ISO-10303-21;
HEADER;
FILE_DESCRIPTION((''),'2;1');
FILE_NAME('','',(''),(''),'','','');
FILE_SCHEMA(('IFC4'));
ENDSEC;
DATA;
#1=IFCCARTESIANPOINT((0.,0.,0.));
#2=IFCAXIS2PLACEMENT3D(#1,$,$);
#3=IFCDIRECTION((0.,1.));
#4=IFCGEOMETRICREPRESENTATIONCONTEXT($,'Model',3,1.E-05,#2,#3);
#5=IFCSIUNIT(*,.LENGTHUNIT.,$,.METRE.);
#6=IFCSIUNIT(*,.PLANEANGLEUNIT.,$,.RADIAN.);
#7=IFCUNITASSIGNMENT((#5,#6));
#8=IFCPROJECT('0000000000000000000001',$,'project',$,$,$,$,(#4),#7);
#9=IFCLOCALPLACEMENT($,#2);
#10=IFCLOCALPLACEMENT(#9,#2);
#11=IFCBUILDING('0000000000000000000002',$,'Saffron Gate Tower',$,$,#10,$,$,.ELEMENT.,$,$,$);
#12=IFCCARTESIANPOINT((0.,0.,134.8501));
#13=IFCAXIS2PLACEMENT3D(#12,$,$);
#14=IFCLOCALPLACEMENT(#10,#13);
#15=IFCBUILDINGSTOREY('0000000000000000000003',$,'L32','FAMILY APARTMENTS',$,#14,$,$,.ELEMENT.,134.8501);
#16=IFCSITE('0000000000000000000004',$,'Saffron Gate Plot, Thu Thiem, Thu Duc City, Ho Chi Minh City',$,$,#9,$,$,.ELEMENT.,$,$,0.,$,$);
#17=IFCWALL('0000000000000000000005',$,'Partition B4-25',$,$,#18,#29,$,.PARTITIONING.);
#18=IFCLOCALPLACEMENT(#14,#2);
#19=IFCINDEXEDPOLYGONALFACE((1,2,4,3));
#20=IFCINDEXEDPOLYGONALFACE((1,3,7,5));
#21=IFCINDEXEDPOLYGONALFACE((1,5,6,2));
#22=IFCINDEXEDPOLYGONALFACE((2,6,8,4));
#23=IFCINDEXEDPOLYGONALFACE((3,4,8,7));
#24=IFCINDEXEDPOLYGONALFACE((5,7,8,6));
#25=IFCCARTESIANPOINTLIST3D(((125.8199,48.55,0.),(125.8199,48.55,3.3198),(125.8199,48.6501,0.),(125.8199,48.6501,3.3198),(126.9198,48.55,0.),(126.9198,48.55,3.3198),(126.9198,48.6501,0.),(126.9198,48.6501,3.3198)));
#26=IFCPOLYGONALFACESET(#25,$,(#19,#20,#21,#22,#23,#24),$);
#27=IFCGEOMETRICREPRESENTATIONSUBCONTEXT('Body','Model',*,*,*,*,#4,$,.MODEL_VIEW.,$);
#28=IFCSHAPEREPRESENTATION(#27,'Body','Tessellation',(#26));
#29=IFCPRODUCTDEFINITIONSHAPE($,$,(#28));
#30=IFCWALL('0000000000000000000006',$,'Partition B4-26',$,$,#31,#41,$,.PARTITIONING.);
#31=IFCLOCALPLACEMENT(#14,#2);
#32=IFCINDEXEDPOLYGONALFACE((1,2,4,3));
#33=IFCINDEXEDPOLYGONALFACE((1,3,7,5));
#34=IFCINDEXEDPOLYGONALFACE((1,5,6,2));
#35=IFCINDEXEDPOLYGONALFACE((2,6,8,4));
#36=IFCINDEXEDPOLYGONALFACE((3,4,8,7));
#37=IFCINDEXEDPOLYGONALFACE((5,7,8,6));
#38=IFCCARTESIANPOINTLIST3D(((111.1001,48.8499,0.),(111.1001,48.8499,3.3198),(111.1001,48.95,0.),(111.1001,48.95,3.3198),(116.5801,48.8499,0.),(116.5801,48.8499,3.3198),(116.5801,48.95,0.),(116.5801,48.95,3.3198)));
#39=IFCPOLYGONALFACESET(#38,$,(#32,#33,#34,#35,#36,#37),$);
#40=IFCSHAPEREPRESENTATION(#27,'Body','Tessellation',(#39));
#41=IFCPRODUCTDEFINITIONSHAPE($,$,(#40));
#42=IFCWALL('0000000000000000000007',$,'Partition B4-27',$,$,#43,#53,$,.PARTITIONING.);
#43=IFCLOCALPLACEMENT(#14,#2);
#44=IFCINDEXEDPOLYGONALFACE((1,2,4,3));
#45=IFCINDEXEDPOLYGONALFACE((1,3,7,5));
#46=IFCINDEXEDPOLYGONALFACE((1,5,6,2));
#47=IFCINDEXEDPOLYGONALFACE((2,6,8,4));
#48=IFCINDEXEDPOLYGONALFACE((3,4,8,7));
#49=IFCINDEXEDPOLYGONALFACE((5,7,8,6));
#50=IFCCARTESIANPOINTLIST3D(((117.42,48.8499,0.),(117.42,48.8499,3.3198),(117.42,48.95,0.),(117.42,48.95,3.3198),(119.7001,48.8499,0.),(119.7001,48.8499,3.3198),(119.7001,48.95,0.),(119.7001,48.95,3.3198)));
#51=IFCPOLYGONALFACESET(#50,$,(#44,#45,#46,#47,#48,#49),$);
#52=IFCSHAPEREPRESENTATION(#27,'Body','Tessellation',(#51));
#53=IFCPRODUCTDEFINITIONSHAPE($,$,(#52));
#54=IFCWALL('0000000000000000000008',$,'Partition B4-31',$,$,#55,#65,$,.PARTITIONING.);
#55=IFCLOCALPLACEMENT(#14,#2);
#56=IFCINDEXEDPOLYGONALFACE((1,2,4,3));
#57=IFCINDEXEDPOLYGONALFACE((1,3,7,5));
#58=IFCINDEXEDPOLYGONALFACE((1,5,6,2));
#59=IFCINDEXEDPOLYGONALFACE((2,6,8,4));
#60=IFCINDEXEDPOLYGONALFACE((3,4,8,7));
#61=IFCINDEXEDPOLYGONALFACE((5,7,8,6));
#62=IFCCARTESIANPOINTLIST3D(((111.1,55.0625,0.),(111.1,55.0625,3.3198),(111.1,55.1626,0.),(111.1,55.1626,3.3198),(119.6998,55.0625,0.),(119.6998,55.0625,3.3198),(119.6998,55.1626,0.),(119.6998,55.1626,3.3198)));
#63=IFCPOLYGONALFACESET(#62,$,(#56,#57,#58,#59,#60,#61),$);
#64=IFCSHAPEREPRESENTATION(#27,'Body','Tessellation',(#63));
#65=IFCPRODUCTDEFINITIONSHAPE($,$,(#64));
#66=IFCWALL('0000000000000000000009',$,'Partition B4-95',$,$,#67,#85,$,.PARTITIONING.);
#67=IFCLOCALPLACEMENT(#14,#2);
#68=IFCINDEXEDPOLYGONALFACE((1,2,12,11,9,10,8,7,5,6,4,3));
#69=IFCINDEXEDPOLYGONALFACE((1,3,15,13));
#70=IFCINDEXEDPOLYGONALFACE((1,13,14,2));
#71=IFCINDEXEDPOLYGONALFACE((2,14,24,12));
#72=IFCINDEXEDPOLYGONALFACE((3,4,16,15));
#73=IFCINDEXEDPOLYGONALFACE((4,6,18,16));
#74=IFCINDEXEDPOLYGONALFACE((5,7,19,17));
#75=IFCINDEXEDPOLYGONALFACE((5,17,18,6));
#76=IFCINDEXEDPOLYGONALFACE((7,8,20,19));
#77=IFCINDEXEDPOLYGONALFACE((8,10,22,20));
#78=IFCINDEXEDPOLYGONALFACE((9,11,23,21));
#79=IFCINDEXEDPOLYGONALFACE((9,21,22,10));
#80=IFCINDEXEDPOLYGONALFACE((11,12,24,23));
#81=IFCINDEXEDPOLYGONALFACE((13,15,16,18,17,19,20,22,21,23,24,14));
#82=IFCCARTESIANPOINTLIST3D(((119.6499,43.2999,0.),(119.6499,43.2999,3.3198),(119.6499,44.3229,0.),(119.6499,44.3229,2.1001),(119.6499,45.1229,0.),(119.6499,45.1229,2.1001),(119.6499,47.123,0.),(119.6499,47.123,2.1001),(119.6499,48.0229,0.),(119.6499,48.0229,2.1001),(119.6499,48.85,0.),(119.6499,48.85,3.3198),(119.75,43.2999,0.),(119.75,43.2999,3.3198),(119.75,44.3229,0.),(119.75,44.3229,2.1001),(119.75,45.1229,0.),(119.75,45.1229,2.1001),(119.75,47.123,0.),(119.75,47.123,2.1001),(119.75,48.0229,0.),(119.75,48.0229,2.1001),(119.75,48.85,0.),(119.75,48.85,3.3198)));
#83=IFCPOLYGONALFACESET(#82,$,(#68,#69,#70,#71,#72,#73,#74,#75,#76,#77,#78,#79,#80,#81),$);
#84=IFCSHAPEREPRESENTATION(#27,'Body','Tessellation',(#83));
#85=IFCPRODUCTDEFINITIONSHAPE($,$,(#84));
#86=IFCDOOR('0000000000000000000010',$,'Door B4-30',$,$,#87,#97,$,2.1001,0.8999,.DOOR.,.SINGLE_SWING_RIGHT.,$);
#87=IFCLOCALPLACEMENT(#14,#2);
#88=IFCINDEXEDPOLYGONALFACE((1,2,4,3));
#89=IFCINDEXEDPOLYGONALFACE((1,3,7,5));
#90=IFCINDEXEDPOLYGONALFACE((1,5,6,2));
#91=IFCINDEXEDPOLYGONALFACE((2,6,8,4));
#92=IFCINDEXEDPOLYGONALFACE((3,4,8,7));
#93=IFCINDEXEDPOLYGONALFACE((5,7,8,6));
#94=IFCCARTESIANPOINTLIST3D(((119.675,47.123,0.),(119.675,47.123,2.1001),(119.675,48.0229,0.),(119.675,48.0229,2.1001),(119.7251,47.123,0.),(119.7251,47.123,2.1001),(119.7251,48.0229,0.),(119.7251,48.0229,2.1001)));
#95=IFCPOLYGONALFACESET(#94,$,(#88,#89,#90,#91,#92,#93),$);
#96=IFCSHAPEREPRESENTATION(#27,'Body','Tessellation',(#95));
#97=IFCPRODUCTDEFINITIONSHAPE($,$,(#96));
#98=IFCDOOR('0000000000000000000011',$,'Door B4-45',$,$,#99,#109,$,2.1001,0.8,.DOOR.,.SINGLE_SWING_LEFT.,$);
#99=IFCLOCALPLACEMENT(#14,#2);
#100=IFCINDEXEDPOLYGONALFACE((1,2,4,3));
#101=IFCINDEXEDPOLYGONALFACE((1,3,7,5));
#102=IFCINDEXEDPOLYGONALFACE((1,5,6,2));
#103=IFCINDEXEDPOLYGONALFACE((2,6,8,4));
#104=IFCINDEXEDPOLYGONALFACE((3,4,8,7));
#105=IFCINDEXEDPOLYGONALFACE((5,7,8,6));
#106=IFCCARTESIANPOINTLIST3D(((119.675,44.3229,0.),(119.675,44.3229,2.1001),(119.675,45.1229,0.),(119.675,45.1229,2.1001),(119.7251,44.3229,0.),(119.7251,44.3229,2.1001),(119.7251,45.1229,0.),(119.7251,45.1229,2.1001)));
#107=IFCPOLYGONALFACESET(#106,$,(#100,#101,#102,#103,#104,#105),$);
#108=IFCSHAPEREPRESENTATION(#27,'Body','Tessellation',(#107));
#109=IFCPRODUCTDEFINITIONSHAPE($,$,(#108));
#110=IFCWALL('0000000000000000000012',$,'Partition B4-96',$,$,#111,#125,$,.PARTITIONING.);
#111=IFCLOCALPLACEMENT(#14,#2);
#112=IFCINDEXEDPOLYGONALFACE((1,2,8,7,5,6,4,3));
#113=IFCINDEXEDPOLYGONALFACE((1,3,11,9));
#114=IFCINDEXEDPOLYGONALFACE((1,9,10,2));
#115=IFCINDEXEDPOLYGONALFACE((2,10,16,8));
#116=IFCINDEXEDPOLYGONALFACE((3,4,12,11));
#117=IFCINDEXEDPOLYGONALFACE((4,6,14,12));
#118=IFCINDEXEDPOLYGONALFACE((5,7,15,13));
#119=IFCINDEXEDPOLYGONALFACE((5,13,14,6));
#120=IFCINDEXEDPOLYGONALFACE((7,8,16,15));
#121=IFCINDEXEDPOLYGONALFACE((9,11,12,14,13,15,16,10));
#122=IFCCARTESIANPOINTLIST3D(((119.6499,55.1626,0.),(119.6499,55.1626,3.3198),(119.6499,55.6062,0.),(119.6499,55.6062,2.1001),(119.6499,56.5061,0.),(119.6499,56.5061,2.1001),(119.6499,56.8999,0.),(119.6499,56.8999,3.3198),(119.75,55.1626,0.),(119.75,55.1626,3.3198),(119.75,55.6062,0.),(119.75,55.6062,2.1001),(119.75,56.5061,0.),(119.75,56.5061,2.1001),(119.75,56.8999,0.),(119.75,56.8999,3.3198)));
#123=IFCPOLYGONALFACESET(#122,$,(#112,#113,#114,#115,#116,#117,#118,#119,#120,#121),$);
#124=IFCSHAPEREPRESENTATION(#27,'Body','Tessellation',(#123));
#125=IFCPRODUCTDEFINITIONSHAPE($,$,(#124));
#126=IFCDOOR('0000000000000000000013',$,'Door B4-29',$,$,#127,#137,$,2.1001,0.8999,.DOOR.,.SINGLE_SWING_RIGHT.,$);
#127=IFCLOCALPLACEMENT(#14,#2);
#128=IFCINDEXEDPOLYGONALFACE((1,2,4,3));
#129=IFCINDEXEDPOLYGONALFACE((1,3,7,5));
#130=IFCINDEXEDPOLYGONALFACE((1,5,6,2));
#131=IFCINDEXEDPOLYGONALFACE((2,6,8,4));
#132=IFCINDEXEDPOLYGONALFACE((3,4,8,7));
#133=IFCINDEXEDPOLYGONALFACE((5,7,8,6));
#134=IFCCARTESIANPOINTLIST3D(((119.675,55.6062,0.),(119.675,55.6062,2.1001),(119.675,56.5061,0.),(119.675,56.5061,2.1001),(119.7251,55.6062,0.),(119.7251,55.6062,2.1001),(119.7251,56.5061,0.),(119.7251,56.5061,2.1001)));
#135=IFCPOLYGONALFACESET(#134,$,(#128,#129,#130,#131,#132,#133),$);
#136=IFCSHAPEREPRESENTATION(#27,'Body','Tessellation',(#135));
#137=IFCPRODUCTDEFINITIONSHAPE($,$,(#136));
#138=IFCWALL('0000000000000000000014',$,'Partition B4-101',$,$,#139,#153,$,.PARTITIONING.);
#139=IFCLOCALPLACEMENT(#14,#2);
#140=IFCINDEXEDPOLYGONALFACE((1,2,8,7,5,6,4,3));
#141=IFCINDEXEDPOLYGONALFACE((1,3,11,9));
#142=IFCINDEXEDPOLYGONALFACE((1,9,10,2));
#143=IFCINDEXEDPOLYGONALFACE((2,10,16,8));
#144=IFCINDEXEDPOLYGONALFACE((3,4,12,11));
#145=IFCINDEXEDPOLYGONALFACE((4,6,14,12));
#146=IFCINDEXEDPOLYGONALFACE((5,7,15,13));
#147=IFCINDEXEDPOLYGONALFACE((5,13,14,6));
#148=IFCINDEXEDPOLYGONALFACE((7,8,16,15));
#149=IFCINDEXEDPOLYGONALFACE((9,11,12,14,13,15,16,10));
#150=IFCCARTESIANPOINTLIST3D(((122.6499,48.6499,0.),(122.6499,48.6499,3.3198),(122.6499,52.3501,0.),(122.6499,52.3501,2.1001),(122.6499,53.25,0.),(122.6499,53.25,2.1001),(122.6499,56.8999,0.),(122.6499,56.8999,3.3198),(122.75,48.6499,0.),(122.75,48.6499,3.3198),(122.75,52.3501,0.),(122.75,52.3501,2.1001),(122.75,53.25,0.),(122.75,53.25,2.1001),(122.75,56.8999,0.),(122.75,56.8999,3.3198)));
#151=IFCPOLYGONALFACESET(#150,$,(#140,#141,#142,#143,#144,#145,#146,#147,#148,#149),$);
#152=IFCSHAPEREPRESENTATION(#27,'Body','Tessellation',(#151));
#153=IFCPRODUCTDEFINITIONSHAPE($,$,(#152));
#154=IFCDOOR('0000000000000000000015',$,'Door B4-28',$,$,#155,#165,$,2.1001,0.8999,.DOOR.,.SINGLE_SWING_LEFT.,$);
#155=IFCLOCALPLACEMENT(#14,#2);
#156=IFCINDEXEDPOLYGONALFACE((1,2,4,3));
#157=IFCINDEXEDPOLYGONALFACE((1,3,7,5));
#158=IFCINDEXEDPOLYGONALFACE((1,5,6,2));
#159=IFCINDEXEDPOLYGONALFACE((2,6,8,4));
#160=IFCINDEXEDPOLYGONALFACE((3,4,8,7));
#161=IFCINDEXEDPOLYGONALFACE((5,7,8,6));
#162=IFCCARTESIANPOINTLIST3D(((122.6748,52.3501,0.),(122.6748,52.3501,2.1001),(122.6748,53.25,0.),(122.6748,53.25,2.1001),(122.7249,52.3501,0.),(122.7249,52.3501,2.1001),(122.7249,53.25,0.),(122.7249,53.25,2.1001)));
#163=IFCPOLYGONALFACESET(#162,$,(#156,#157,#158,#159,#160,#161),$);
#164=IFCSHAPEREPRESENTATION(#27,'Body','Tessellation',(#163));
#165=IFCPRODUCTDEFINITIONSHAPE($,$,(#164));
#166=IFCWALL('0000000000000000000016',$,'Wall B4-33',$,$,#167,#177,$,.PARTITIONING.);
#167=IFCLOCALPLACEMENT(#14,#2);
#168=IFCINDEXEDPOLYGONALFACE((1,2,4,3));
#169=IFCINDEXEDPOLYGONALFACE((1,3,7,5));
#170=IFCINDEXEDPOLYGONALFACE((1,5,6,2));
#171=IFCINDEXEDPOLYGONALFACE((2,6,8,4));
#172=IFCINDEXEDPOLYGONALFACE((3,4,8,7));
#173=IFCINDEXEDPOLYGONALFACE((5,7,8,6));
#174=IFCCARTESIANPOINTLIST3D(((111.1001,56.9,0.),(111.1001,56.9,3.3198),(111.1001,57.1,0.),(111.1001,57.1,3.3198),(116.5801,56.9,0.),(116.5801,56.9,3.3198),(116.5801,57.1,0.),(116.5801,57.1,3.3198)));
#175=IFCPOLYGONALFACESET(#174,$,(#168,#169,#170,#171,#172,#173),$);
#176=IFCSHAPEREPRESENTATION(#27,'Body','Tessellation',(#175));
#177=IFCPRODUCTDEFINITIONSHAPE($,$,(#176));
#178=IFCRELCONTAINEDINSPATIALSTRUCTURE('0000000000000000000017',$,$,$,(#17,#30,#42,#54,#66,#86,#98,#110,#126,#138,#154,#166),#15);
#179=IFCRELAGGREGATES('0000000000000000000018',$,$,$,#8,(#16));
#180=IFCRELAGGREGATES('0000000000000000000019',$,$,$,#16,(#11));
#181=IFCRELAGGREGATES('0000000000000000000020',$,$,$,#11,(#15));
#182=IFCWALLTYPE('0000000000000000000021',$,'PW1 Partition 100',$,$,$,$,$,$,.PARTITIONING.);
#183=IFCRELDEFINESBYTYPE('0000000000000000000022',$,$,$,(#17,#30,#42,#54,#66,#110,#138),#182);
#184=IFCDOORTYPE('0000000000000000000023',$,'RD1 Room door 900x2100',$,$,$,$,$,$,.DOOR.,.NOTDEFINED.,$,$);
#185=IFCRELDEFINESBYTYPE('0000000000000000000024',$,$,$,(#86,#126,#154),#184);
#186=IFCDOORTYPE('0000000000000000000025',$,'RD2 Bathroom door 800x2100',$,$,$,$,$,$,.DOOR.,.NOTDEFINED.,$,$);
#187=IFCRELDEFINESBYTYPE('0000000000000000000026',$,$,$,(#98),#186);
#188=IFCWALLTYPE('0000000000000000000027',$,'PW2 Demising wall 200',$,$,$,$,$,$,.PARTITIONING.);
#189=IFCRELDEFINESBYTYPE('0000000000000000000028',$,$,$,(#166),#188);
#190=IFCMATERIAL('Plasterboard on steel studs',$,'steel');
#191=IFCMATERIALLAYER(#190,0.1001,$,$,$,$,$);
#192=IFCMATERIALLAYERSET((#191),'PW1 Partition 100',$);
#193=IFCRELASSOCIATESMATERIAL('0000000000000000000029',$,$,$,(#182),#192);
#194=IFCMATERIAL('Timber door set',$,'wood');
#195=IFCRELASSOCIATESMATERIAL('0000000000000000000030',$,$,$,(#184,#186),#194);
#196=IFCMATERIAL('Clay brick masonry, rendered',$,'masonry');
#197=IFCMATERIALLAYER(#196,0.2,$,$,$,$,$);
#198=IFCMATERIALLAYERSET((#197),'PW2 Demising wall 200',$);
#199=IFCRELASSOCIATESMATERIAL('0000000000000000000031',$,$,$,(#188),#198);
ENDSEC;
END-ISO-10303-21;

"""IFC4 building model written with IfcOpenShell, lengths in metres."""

from ifc_helpers import new_model, si_unit, direction, frame, frame_2d, origin, place, context, subcontext, project, spatial, rectangle, extrude, material, layer, layer_set, type_object, element, fill, save


model = new_model("IFC4")

# Units and contexts
model_context = context("Model", 3, precision=1e-05, world=origin(), true_north=direction((0.0, 1.0)))
body_context = subcontext(model_context, "Body", "Model", "MODEL_VIEW")
ifc_project = project(units=[si_unit("LENGTHUNIT", "METRE"), si_unit("PLANEANGLEUNIT", "RADIAN")], contexts=[model_context])

# Site, building, storey
site_placement = place(None, origin())
site = spatial("IfcSite", under=ifc_project, at=site_placement, Name="Saffron Gate Plot, Thu Thiem, Thu Duc City, Ho Chi Minh City", CompositionType="ELEMENT", RefElevation=0.0)
building_placement = place(site_placement, origin())
building = spatial("IfcBuilding", under=site, at=building_placement, Name="Saffron Gate Tower", CompositionType="ELEMENT")
storey_placement = place(building_placement, frame((0.0, 0.0, 134.8501)))
storey = spatial("IfcBuildingStorey", under=building, at=storey_placement, Name="L32", Description="FAMILY APARTMENTS", CompositionType="ELEMENT", Elevation=134.8501)

# Walls
ifc_material_1 = material(Name="Plasterboard on steel studs", Category="steel")
ifc_layer_1 = layer(ifc_material_1, 0.1001)
ifc_layer_set_1 = layer_set([ifc_layer_1], Name="PW1 Partition 100")
wall_type_1 = type_object("IfcWallType", Name="PW1 Partition 100", PredefinedType="PARTITIONING", material=ifc_layer_set_1)
wall_1_placement = place(storey_placement, frame((125.8201, 48.6001, 0.0), z_axis=(0.0, 0.0, 1.0), x_axis=(1.0, 0.0, 0.0)))
element("IfcWall", 1, at=wall_1_placement, inside=storey, type_object=wall_type_1, Name="Partition B4-25", PredefinedType="PARTITIONING", context=body_context, shape_type="SweptSolid", body=[
    extrude(rectangle(XDim=1.0999, YDim=0.1001, at=frame_2d((0.5498, 0.0))), origin(), (0.0, 0.0, 1.0), 3.3198),
])
wall_2_placement = place(storey_placement, frame((111.1001, 48.8999, 0.0), z_axis=(0.0, 0.0, 1.0), x_axis=(1.0, 0.0, 0.0)))
element("IfcWall", 2, at=wall_2_placement, inside=storey, type_object=wall_type_1, Name="Partition B4-26", PredefinedType="PARTITIONING", context=body_context, shape_type="SweptSolid", body=[
    extrude(rectangle(XDim=5.48, YDim=0.1001, at=frame_2d((2.74, 0.0))), origin(), (0.0, 0.0, 1.0), 3.3198),
])
wall_3_placement = place(storey_placement, frame((117.4199, 48.8999, 0.0), z_axis=(0.0, 0.0, 1.0), x_axis=(1.0, 0.0, 0.0)))
element("IfcWall", 3, at=wall_3_placement, inside=storey, type_object=wall_type_1, Name="Partition B4-27", PredefinedType="PARTITIONING", context=body_context, shape_type="SweptSolid", body=[
    extrude(rectangle(XDim=2.28, YDim=0.1001, at=frame_2d((1.1401, 0.0))), origin(), (0.0, 0.0, 1.0), 3.3198),
])
wall_4_placement = place(storey_placement, frame((111.1001, 55.1125, 0.0), z_axis=(0.0, 0.0, 1.0), x_axis=(1.0, 0.0, 0.0)))
element("IfcWall", 4, at=wall_4_placement, inside=storey, type_object=wall_type_1, Name="Partition B4-31", PredefinedType="PARTITIONING", context=body_context, shape_type="SweptSolid", body=[
    extrude(rectangle(XDim=8.5999, YDim=0.1001, at=frame_2d((4.2998, 0.0))), origin(), (0.0, 0.0, 1.0), 3.3198),
])

# Wall, openings, doors
wall_5_placement = place(storey_placement, frame((119.7, 43.3, 0.0), z_axis=(0.0, 0.0, 1.0), x_axis=(0.0, 1.0, 0.0)))
wall_5 = element("IfcWall", 5, at=wall_5_placement, inside=storey, type_object=wall_type_1, Name="Partition B4-95", PredefinedType="PARTITIONING", context=body_context, shape_type="SweptSolid", body=[
    extrude(rectangle(XDim=5.55, YDim=0.1001, at=frame_2d((2.7749, 0.0))), origin(), (0.0, 0.0, 1.0), 3.3198),
])
opening_1_placement = place(wall_5_placement, frame((1.0229, 0.0, 0.0)))
opening_1 = element("IfcOpeningElement", 6, at=opening_1_placement, cuts=wall_5, PredefinedType="OPENING", context=body_context, shape_type="SweptSolid", body=[
    extrude(rectangle(XDim=0.8, YDim=2.1001, at=frame_2d((0.3999, 1.05))), frame((0.0, 0.0601, 0.0), z_axis=(0.0, -1.0, 0.0), x_axis=(1.0, 0.0, 0.0)), (0.0, 0.0, 1.0), 0.1201),
])
opening_2_placement = place(wall_5_placement, frame((3.823, 0.0, 0.0)))
opening_2 = element("IfcOpeningElement", 7, at=opening_2_placement, cuts=wall_5, PredefinedType="OPENING", context=body_context, shape_type="SweptSolid", body=[
    extrude(rectangle(XDim=0.8999, YDim=2.1001, at=frame_2d((0.45, 1.05))), frame((0.0, 0.0601, 0.0), z_axis=(0.0, -1.0, 0.0), x_axis=(1.0, 0.0, 0.0)), (0.0, 0.0, 1.0), 0.1201),
])
ifc_material_2 = material(Name="Timber door set", Category="wood")
door_type_1 = type_object("IfcDoorType", Name="RD1 Room door 900x2100", OperationType="NOTDEFINED", PredefinedType="DOOR", material=ifc_material_2)
door_1_placement = place(opening_2_placement, origin())
door_1 = element("IfcDoor", 8, at=door_1_placement, inside=storey, type_object=door_type_1, Name="Door B4-30", OperationType="SINGLE_SWING_RIGHT", OverallHeight=2.1001, OverallWidth=0.8999, PredefinedType="DOOR", context=body_context, shape_type="SweptSolid", body=[
    extrude(rectangle(XDim=0.8999, YDim=2.1001, at=frame_2d((0.45, 1.05))), frame((0.0, 0.0249, 0.0), z_axis=(0.0, -1.0, 0.0), x_axis=(1.0, 0.0, 0.0)), (0.0, 0.0, 1.0), 0.05),
])
fill(opening_2, door_1)
door_type_2 = type_object("IfcDoorType", Name="RD2 Bathroom door 800x2100", OperationType="NOTDEFINED", PredefinedType="DOOR", material=ifc_material_2)
door_2_placement = place(opening_1_placement, origin())
door_2 = element("IfcDoor", 9, at=door_2_placement, inside=storey, type_object=door_type_2, Name="Door B4-45", OperationType="SINGLE_SWING_LEFT", OverallHeight=2.1001, OverallWidth=0.8, PredefinedType="DOOR", context=body_context, shape_type="SweptSolid", body=[
    extrude(rectangle(XDim=0.8, YDim=2.1001, at=frame_2d((0.3999, 1.05))), frame((0.0, 0.0249, 0.0), z_axis=(0.0, -1.0, 0.0), x_axis=(1.0, 0.0, 0.0)), (0.0, 0.0, 1.0), 0.05),
])
fill(opening_1, door_2)

# Walls, openings, doors
wall_6_placement = place(storey_placement, frame((119.7, 55.1626, 0.0), z_axis=(0.0, 0.0, 1.0), x_axis=(0.0, 1.0, 0.0)))
wall_6 = element("IfcWall", 10, at=wall_6_placement, inside=storey, type_object=wall_type_1, Name="Partition B4-96", PredefinedType="PARTITIONING", context=body_context, shape_type="SweptSolid", body=[
    extrude(rectangle(XDim=1.7373, YDim=0.1001, at=frame_2d((0.8687, 0.0))), origin(), (0.0, 0.0, 1.0), 3.3198),
])
opening_3_placement = place(wall_6_placement, frame((0.4436, 0.0, 0.0)))
opening_3 = element("IfcOpeningElement", 11, at=opening_3_placement, cuts=wall_6, PredefinedType="OPENING", context=body_context, shape_type="SweptSolid", body=[
    extrude(rectangle(XDim=0.8999, YDim=2.1001, at=frame_2d((0.45, 1.05))), frame((0.0, 0.0601, 0.0), z_axis=(0.0, -1.0, 0.0), x_axis=(1.0, 0.0, 0.0)), (0.0, 0.0, 1.0), 0.1201),
])
door_3_placement = place(opening_3_placement, origin())
door_3 = element("IfcDoor", 12, at=door_3_placement, inside=storey, type_object=door_type_1, Name="Door B4-29", OperationType="SINGLE_SWING_RIGHT", OverallHeight=2.1001, OverallWidth=0.8999, PredefinedType="DOOR", context=body_context, shape_type="SweptSolid", body=[
    extrude(rectangle(XDim=0.8999, YDim=2.1001, at=frame_2d((0.45, 1.05))), frame((0.0, 0.0249, 0.0), z_axis=(0.0, -1.0, 0.0), x_axis=(1.0, 0.0, 0.0)), (0.0, 0.0, 1.0), 0.05),
])
fill(opening_3, door_3)
wall_7_placement = place(storey_placement, frame((122.7, 56.8999, 0.0), z_axis=(0.0, 0.0, 1.0), x_axis=(0.0, -1.0, 0.0)))
wall_7 = element("IfcWall", 13, at=wall_7_placement, inside=storey, type_object=wall_type_1, Name="Partition B4-101", PredefinedType="PARTITIONING", context=body_context, shape_type="SweptSolid", body=[
    extrude(rectangle(XDim=8.25, YDim=0.1001, at=frame_2d((4.125, 0.0))), origin(), (0.0, 0.0, 1.0), 3.3198),
])
opening_4_placement = place(wall_7_placement, frame((3.6499, 0.0, 0.0)))
opening_4 = element("IfcOpeningElement", 14, at=opening_4_placement, cuts=wall_7, PredefinedType="OPENING", context=body_context, shape_type="SweptSolid", body=[
    extrude(rectangle(XDim=0.8999, YDim=2.1001, at=frame_2d((0.45, 1.05))), frame((0.0, 0.0601, 0.0), z_axis=(0.0, -1.0, 0.0), x_axis=(1.0, 0.0, 0.0)), (0.0, 0.0, 1.0), 0.1201),
])
door_4_placement = place(opening_4_placement, origin())
door_4 = element("IfcDoor", 15, at=door_4_placement, inside=storey, type_object=door_type_1, Name="Door B4-28", OperationType="SINGLE_SWING_LEFT", OverallHeight=2.1001, OverallWidth=0.8999, PredefinedType="DOOR", context=body_context, shape_type="SweptSolid", body=[
    extrude(rectangle(XDim=0.8999, YDim=2.1001, at=frame_2d((0.45, 1.05))), frame((0.0, 0.0249, 0.0), z_axis=(0.0, -1.0, 0.0), x_axis=(1.0, 0.0, 0.0)), (0.0, 0.0, 1.0), 0.05),
])
fill(opening_4, door_4)

# Wall
ifc_material_3 = material(Name="Clay brick masonry, rendered", Category="masonry")
ifc_layer_2 = layer(ifc_material_3, 0.2)
ifc_layer_set_2 = layer_set([ifc_layer_2], Name="PW2 Demising wall 200")
wall_type_2 = type_object("IfcWallType", Name="PW2 Demising wall 200", PredefinedType="PARTITIONING", material=ifc_layer_set_2)
wall_8_placement = place(storey_placement, frame((111.1001, 57.0, 0.0), z_axis=(0.0, 0.0, 1.0), x_axis=(1.0, 0.0, 0.0)))
element("IfcWall", 16, at=wall_8_placement, inside=storey, type_object=wall_type_2, Name="Wall B4-33", PredefinedType="PARTITIONING", context=body_context, shape_type="SweptSolid", body=[
    extrude(rectangle(XDim=5.48, YDim=0.2, at=frame_2d((2.74, 0.0))), origin(), (0.0, 0.0, 1.0), 3.3198),
])

save(model, "model.ifc")
